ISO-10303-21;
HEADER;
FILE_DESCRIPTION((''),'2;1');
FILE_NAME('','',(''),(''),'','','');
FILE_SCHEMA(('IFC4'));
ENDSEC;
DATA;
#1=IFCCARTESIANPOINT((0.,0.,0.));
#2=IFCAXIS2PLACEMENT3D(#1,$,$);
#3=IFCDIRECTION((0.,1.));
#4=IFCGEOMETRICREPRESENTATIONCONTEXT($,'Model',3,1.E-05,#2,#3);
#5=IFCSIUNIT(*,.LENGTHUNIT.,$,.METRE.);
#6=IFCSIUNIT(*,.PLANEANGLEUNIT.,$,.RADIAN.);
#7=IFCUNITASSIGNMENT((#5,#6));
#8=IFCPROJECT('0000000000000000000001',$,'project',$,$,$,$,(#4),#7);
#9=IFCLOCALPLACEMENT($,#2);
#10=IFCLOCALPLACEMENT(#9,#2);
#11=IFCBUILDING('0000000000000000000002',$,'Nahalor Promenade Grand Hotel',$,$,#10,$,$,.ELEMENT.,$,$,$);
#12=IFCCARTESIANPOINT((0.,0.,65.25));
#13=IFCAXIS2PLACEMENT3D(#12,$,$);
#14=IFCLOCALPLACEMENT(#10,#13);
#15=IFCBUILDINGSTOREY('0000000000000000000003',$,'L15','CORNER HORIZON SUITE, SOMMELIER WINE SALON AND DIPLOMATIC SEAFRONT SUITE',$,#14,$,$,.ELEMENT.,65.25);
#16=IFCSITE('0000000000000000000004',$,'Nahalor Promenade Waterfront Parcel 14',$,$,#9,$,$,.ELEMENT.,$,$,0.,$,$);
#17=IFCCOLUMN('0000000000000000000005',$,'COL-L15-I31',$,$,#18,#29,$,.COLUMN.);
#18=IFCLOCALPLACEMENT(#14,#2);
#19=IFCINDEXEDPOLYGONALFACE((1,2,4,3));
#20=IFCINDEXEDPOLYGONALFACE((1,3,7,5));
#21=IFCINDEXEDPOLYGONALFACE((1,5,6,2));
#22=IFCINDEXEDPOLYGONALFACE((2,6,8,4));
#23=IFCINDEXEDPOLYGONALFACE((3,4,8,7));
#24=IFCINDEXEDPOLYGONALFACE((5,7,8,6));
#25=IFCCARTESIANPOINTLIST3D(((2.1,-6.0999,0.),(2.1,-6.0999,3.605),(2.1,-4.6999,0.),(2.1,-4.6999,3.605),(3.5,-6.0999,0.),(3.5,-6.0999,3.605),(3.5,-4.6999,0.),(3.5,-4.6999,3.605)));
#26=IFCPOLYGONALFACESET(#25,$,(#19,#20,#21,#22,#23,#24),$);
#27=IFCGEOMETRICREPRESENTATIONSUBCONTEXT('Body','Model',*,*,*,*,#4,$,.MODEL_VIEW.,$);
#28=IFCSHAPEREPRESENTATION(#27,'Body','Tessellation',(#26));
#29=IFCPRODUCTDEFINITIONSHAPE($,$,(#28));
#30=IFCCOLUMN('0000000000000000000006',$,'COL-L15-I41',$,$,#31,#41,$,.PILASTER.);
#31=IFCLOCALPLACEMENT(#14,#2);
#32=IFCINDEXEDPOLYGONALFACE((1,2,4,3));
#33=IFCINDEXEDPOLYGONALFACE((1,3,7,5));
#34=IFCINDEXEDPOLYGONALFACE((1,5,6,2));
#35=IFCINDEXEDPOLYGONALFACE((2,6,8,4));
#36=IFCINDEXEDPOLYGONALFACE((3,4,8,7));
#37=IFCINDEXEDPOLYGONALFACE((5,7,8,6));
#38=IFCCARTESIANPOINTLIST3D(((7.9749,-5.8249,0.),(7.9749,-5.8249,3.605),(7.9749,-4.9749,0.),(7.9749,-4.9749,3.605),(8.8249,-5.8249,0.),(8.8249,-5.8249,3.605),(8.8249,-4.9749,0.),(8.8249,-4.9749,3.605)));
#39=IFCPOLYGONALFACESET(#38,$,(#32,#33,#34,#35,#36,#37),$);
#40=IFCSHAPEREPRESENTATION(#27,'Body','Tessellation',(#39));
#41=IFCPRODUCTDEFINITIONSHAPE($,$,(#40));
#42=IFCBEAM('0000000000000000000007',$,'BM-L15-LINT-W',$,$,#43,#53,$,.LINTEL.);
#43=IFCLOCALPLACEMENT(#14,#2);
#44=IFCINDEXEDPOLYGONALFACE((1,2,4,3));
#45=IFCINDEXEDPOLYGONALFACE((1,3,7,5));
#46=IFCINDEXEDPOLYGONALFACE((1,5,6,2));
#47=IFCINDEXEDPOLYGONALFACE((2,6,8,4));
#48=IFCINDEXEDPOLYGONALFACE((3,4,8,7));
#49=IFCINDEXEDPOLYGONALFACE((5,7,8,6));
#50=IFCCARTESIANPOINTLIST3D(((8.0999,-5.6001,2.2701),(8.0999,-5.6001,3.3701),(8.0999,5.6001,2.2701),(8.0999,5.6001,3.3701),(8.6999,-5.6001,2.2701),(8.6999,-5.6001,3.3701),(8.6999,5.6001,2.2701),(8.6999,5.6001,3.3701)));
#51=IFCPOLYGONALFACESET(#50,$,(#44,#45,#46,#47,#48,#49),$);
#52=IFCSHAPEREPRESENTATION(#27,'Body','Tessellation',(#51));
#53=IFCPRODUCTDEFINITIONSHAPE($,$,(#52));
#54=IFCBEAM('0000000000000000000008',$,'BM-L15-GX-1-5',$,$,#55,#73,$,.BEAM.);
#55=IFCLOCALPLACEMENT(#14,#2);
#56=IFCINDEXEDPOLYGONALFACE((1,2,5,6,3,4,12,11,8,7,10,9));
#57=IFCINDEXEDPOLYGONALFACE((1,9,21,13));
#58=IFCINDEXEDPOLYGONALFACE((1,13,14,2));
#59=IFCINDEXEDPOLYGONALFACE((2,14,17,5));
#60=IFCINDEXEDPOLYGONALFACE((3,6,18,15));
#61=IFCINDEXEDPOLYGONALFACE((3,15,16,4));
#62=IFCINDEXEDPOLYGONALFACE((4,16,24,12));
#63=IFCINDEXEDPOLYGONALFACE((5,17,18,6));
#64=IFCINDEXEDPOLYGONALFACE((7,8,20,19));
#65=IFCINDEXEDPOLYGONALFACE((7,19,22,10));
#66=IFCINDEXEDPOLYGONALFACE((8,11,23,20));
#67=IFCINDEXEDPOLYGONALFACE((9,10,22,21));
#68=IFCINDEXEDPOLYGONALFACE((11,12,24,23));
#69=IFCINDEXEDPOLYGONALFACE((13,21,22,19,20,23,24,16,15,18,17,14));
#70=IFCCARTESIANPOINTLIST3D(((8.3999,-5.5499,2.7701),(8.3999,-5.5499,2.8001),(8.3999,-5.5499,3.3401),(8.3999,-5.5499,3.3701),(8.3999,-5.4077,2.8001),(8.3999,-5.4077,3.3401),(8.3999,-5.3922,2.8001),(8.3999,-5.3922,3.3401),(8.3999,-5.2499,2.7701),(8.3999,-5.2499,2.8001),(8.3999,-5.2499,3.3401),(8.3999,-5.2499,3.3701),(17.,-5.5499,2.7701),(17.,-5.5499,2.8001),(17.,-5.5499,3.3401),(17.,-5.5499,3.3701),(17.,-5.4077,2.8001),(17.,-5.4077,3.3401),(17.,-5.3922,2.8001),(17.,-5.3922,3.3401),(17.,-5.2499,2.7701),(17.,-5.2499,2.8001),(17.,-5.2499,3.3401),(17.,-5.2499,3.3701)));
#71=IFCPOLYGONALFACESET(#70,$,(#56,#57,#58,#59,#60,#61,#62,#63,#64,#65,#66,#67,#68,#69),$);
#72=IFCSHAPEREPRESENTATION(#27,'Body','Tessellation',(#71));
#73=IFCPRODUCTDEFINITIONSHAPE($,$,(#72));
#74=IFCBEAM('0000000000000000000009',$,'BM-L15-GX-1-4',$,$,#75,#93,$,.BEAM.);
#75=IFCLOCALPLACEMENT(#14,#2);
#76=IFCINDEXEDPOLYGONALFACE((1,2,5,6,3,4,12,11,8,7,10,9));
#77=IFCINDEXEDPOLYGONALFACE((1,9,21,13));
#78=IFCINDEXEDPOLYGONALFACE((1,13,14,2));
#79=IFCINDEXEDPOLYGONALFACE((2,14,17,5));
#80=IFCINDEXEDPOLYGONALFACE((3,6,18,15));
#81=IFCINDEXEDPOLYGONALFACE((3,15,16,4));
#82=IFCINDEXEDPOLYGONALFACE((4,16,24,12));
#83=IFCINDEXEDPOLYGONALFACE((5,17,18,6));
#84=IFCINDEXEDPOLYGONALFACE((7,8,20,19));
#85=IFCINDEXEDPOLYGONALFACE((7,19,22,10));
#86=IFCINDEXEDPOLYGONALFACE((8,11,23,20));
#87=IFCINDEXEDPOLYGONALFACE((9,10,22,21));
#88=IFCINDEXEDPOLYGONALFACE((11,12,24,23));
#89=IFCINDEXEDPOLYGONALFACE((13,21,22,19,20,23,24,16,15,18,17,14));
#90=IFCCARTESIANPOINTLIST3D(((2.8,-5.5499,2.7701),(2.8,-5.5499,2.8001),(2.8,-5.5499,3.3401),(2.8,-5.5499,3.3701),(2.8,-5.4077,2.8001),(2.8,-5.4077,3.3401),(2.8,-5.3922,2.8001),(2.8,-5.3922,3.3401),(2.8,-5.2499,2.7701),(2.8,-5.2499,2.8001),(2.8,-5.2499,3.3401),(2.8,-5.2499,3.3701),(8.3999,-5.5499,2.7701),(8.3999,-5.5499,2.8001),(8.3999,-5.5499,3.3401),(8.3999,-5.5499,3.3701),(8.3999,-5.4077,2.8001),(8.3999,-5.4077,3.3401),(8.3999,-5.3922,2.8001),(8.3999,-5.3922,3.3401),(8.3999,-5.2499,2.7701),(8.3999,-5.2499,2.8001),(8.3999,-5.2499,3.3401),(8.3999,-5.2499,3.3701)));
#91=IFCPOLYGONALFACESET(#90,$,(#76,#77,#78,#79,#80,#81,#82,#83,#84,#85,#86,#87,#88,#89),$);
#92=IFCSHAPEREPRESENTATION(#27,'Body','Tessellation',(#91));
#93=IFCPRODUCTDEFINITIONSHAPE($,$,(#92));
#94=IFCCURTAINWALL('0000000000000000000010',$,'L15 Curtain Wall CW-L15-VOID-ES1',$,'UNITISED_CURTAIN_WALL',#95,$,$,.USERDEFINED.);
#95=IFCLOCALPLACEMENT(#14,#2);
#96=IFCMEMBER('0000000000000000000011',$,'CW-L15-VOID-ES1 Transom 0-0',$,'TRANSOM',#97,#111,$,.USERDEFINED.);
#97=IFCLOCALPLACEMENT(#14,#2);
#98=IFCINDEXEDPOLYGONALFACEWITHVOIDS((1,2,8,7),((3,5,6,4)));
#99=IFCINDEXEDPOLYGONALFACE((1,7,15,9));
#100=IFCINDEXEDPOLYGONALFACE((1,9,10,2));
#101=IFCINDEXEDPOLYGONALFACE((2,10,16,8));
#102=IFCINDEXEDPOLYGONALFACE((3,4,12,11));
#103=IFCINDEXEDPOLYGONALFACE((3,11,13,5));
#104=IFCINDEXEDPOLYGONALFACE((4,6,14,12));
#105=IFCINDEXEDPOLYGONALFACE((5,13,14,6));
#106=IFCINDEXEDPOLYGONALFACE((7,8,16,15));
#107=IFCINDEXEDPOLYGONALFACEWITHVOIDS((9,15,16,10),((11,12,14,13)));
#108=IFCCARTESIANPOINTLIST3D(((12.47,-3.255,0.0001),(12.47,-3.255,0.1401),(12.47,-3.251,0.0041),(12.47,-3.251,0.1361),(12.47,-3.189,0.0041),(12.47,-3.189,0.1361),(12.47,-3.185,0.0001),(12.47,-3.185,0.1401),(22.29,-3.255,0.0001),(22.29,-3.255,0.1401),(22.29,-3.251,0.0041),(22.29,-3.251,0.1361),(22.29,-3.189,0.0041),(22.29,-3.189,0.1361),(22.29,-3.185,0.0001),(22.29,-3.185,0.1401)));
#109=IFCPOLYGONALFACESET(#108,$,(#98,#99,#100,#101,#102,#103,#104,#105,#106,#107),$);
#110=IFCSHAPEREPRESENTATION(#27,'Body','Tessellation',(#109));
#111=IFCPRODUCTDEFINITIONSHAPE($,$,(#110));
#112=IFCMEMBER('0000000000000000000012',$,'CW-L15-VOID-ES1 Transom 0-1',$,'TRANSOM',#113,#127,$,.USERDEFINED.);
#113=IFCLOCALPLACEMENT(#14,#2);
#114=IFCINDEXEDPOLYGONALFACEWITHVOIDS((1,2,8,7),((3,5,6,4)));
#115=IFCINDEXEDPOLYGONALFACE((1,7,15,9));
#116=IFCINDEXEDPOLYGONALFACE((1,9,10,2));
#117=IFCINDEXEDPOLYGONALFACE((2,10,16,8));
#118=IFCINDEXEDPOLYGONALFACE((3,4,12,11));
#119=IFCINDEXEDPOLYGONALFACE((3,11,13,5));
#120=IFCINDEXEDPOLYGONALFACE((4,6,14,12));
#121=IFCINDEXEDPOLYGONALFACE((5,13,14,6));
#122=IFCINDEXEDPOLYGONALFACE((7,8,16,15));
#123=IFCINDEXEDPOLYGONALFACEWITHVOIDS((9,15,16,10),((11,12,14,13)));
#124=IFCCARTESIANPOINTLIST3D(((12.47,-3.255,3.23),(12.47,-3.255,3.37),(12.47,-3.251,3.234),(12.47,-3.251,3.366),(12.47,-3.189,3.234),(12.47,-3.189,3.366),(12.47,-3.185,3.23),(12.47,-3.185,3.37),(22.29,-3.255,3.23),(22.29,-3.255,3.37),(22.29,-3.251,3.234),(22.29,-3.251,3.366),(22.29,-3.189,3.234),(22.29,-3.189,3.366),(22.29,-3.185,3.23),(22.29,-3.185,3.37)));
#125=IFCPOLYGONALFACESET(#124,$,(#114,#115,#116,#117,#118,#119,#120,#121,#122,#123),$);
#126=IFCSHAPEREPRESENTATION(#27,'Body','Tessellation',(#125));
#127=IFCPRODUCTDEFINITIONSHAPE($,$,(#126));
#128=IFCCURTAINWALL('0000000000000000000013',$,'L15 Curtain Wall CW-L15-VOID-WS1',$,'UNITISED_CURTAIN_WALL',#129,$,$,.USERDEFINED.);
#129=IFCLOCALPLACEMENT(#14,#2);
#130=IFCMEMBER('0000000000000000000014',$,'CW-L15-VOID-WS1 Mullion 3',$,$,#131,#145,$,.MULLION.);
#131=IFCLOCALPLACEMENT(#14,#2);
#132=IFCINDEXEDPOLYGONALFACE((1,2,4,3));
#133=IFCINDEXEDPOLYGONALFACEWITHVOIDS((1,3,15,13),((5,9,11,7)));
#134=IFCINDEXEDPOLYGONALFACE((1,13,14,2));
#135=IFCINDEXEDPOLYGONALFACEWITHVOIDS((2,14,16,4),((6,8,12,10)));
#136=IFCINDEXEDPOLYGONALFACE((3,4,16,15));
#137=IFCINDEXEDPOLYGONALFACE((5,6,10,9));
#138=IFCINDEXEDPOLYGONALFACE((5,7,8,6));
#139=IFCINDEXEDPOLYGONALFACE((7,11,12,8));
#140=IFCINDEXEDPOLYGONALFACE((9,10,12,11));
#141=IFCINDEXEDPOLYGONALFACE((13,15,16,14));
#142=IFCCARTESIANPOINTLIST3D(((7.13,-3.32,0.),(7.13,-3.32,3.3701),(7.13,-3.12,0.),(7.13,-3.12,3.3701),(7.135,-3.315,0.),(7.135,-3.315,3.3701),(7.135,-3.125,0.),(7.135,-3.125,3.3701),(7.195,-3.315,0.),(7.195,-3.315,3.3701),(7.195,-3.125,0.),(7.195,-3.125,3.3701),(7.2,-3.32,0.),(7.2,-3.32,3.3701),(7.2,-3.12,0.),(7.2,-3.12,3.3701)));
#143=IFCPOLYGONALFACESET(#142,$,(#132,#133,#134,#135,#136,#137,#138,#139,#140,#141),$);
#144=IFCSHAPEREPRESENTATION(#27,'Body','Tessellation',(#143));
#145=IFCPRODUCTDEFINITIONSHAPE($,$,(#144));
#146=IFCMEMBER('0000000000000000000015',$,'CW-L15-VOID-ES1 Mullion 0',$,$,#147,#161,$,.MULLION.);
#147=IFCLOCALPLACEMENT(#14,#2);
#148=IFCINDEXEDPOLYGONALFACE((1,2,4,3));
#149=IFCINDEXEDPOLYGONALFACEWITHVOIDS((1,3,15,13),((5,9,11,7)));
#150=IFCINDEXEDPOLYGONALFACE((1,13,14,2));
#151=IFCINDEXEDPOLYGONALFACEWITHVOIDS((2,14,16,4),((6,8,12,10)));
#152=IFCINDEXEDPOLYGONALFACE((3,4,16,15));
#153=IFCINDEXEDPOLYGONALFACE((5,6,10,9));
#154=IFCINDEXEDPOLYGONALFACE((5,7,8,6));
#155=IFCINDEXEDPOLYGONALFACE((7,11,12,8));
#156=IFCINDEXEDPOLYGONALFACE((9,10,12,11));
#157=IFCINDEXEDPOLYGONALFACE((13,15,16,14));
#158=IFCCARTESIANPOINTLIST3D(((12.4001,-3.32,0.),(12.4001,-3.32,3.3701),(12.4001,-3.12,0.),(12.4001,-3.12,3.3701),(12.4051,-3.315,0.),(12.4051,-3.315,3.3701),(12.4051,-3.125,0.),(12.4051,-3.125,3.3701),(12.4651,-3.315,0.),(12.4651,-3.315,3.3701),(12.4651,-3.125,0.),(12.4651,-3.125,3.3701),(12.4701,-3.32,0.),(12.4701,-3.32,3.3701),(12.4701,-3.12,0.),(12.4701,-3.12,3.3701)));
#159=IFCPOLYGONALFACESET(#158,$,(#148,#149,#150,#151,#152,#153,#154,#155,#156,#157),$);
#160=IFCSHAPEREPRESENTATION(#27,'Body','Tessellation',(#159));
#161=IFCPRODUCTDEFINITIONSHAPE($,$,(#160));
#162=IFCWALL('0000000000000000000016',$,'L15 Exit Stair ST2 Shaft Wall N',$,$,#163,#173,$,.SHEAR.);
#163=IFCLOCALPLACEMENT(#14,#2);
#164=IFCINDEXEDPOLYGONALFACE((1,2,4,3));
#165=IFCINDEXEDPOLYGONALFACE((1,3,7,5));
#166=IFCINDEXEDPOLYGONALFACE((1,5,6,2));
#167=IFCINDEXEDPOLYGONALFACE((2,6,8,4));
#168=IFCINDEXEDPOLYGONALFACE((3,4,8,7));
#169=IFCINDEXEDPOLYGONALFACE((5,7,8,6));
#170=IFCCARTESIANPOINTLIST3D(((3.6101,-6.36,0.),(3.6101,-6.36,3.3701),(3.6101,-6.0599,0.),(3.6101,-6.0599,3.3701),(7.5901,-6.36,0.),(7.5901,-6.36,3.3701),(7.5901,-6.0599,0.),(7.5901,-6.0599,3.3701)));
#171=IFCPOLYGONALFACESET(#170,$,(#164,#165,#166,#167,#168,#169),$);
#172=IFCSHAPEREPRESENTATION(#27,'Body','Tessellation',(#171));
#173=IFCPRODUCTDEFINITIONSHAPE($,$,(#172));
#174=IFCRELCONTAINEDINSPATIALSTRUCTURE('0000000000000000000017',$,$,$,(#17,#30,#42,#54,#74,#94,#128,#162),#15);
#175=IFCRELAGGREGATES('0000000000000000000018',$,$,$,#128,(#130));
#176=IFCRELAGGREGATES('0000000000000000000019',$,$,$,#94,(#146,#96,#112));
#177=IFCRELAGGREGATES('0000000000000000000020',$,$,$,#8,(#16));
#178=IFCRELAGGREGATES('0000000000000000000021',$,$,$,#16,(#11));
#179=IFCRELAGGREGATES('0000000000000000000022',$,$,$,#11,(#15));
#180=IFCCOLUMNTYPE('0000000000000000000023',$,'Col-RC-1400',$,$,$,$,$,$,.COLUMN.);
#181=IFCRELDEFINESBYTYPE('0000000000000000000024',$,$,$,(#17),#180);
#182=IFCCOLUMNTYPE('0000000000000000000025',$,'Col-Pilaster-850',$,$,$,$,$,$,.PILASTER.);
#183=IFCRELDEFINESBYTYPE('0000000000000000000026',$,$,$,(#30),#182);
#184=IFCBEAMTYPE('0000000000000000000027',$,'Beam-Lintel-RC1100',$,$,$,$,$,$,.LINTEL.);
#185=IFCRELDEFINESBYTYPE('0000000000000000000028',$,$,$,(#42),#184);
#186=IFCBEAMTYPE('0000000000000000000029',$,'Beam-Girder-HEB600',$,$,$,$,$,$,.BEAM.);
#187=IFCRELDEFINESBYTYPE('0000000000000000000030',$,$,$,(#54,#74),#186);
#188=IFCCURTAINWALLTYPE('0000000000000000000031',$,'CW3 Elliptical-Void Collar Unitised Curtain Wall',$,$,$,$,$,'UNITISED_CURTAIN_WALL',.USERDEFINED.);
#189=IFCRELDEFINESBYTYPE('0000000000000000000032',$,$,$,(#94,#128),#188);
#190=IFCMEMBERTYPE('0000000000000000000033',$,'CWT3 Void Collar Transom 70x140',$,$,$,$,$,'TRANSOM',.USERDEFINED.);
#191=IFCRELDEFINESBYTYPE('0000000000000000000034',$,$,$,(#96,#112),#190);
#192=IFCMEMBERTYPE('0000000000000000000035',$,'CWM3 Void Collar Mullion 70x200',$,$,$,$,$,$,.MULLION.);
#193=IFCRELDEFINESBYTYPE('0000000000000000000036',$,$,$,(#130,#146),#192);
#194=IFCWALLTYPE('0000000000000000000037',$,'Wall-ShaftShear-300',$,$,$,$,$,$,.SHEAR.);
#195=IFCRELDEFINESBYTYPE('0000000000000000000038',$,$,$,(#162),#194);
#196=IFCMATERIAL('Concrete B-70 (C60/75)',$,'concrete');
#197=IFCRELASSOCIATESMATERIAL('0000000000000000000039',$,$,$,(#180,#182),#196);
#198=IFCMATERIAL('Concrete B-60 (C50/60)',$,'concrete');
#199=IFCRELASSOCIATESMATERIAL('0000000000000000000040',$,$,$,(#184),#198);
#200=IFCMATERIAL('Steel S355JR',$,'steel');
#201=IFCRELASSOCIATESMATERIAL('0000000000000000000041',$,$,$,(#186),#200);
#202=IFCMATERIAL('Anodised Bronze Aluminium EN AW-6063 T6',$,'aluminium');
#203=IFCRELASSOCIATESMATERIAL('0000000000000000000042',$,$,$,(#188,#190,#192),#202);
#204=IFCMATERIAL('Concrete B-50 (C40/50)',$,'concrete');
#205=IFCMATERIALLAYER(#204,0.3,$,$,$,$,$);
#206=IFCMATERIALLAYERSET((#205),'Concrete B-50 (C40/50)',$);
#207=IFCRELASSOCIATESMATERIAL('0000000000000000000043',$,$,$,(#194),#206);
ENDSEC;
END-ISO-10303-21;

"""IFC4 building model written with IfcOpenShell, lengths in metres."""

from ifc_helpers import new_model, si_unit, direction, frame, frame_2d, origin, origin_2d, place, context, subcontext, project, spatial, rectangle, hollow_rectangle, i_section, extrude, source, transform, mapped, material, layer, layer_set, material_profile, profile_set, type_object, element, aggregate, save


model = new_model("IFC4")

# Units and contexts
model_context = context("Model", 3, precision=1e-05, world=origin(), true_north=direction((0.0, 1.0)))
body_context = subcontext(model_context, "Body", "Model", "MODEL_VIEW")
ifc_project = project(units=[si_unit("LENGTHUNIT", "METRE"), si_unit("PLANEANGLEUNIT", "RADIAN")], contexts=[model_context])

# Site, building, storey
site_placement = place(None, origin())
site = spatial("IfcSite", under=ifc_project, at=site_placement, Name="Nahalor Promenade Waterfront Parcel 14", CompositionType="ELEMENT", RefElevation=0.0)
building_placement = place(site_placement, origin())
building = spatial("IfcBuilding", under=site, at=building_placement, Name="Nahalor Promenade Grand Hotel", CompositionType="ELEMENT")
storey_placement = place(building_placement, frame((0.0, 0.0, 65.25)))
storey = spatial("IfcBuildingStorey", under=building, at=storey_placement, Name="L15", Description="CORNER HORIZON SUITE, SOMMELIER WINE SALON AND DIPLOMATIC SEAFRONT SUITE", CompositionType="ELEMENT", Elevation=65.25)

# Columns
ifc_material_1 = material(Name="Concrete B-70 (C60/75)", Category="concrete")
ifc_material_profile_1 = material_profile(ifc_material_1, rectangle(XDim=1.4, YDim=1.4, at=origin_2d()), Name="RC 1400x1400")
ifc_profile_set_1 = profile_set([ifc_material_profile_1], Name="Concrete B-70 (C60/75)")
column_type_1 = type_object("IfcColumnType", Name="Col-RC-1400", PredefinedType="COLUMN", material=ifc_profile_set_1)
shared_shape_1 = source(origin(), body_context, "Body", "SweptSolid", [
    extrude(rectangle(XDim=1.4, YDim=1.4, at=origin_2d()), origin(), (0.0, 0.0, 1.0), 3.605),
])
column_1_placement = place(storey_placement, frame((2.8, -5.3999, 0.0), z_axis=(0.0, 0.0, 1.0), x_axis=(1.0, 0.0, 0.0)))
element("IfcColumn", 1, at=column_1_placement, inside=storey, type_object=column_type_1, Name="COL-L15-I31", PredefinedType="COLUMN", context=body_context, shape_type="MappedRepresentation", body=[
    mapped(shared_shape_1, transform((0.0, 0.0, 0.0), scale=1.0)),
])
ifc_material_profile_2 = material_profile(ifc_material_1, rectangle(XDim=0.85, YDim=0.85, at=origin_2d()), Name="RC 850x850")
ifc_profile_set_2 = profile_set([ifc_material_profile_2], Name="Concrete B-70 (C60/75)")
column_type_2 = type_object("IfcColumnType", Name="Col-Pilaster-850", PredefinedType="PILASTER", material=ifc_profile_set_2)
shared_shape_2 = source(origin(), body_context, "Body", "SweptSolid", [
    extrude(rectangle(XDim=0.85, YDim=0.85, at=origin_2d()), origin(), (0.0, 0.0, 1.0), 3.605),
])
column_2_placement = place(storey_placement, frame((8.3999, -5.3999, 0.0), z_axis=(0.0, 0.0, 1.0), x_axis=(1.0, 0.0, 0.0)))
element("IfcColumn", 2, at=column_2_placement, inside=storey, type_object=column_type_2, Name="COL-L15-I41", PredefinedType="PILASTER", context=body_context, shape_type="MappedRepresentation", body=[
    mapped(shared_shape_2, transform((0.0, 0.0, 0.0), scale=1.0)),
])

# Beams
ifc_material_2 = material(Name="Concrete B-60 (C50/60)", Category="concrete")
ifc_material_profile_3 = material_profile(ifc_material_2, rectangle(XDim=0.6, YDim=1.1, at=origin_2d()), Name="RC 600x1100")
ifc_profile_set_3 = profile_set([ifc_material_profile_3], Name="Concrete B-60 (C50/60)")
beam_type_1 = type_object("IfcBeamType", Name="Beam-Lintel-RC1100", PredefinedType="LINTEL", material=ifc_profile_set_3)
shared_shape_3 = source(origin(), body_context, "Body", "SweptSolid", [
    extrude(rectangle(XDim=0.6, YDim=1.1, at=origin_2d()), origin(), (0.0, 0.0, 1.0), 11.2002),
])
beam_1_placement = place(storey_placement, frame((8.3999, -5.6001, 2.8201), z_axis=(0.0, 1.0, 0.0), x_axis=(-1.0, 0.0, 0.0)))
element("IfcBeam", 3, at=beam_1_placement, inside=storey, type_object=beam_type_1, Name="BM-L15-LINT-W", PredefinedType="LINTEL", context=body_context, shape_type="MappedRepresentation", body=[
    mapped(shared_shape_3, transform((0.0, 0.0, 0.0), scale=1.0)),
])
ifc_material_3 = material(Name="Steel S355JR", Category="steel")
ifc_material_profile_4 = material_profile(ifc_material_3, i_section(OverallWidth=0.3, OverallDepth=0.6, WebThickness=0.0155, FlangeThickness=0.03, at=origin_2d()), Name="HEB 600")
ifc_profile_set_4 = profile_set([ifc_material_profile_4], Name="Steel S355JR")
beam_type_2 = type_object("IfcBeamType", Name="Beam-Girder-HEB600", PredefinedType="BEAM", material=ifc_profile_set_4)
shared_shape_4 = source(origin(), body_context, "Body", "SweptSolid", [
    extrude(i_section(OverallWidth=0.3, OverallDepth=0.6, WebThickness=0.0155, FlangeThickness=0.03, at=origin_2d()), origin(), (0.0, 0.0, 1.0), 8.6001),
])
beam_2_placement = place(storey_placement, frame((8.3999, -5.3999, 3.0701), z_axis=(1.0, 0.0, 0.0), x_axis=(0.0, 1.0, 0.0)))
element("IfcBeam", 4, at=beam_2_placement, inside=storey, type_object=beam_type_2, Name="BM-L15-GX-1-5", PredefinedType="BEAM", context=body_context, shape_type="MappedRepresentation", body=[
    mapped(shared_shape_4, transform((0.0, 0.0, 0.0), scale=1.0)),
])
shared_shape_5 = source(origin(), body_context, "Body", "SweptSolid", [
    extrude(i_section(OverallWidth=0.3, OverallDepth=0.6, WebThickness=0.0155, FlangeThickness=0.03, at=origin_2d()), origin(), (0.0, 0.0, 1.0), 5.5999),
])
beam_3_placement = place(storey_placement, frame((2.8, -5.3999, 3.0701), z_axis=(1.0, 0.0, 0.0), x_axis=(0.0, 1.0, 0.0)))
element("IfcBeam", 5, at=beam_3_placement, inside=storey, type_object=beam_type_2, Name="BM-L15-GX-1-4", PredefinedType="BEAM", context=body_context, shape_type="MappedRepresentation", body=[
    mapped(shared_shape_5, transform((0.0, 0.0, 0.0), scale=1.0)),
])

# Curtain wall, members
ifc_material_4 = material(Name="Anodised Bronze Aluminium EN AW-6063 T6", Category="aluminium")
curtain_wall_type = type_object("IfcCurtainWallType", Name="CW3 Elliptical-Void Collar Unitised Curtain Wall", ElementType="UNITISED_CURTAIN_WALL", PredefinedType="USERDEFINED", material=ifc_material_4)
curtain_wall_1_placement = place(storey_placement, origin())
curtain_wall_1 = element("IfcCurtainWall", 6, at=curtain_wall_1_placement, inside=storey, type_object=curtain_wall_type, Name="L15 Curtain Wall CW-L15-VOID-ES1", ObjectType="UNITISED_CURTAIN_WALL", PredefinedType="USERDEFINED")
ifc_material_profile_5 = material_profile(ifc_material_4, hollow_rectangle(XDim=0.07, YDim=0.14, WallThickness=0.004, at=origin_2d()), Name="CWT 70x140x4")
ifc_profile_set_5 = profile_set([ifc_material_profile_5], Name="Anodised Bronze Aluminium EN AW-6063 T6")
member_type_1 = type_object("IfcMemberType", Name="CWT3 Void Collar Transom 70x140", ElementType="TRANSOM", PredefinedType="USERDEFINED", material=ifc_profile_set_5)
shared_shape_6 = source(origin(), body_context, "Body", "SweptSolid", [
    extrude(hollow_rectangle(XDim=0.07, YDim=0.14, WallThickness=0.004, at=origin_2d()), origin(), (0.0, 0.0, 1.0), 9.8201),
])
member_1_placement = place(storey_placement, frame((12.47, -3.22, 0.0701), z_axis=(1.0, 0.0, 0.0), x_axis=(0.0, 1.0, 0.0)))
member_1 = element("IfcMember", 7, at=member_1_placement, type_object=member_type_1, Name="CW-L15-VOID-ES1 Transom 0-0", ObjectType="TRANSOM", PredefinedType="USERDEFINED", context=body_context, shape_type="MappedRepresentation", body=[
    mapped(shared_shape_6, transform((0.0, 0.0, 0.0), scale=1.0)),
])
member_2_placement = place(storey_placement, frame((12.47, -3.22, 3.3), z_axis=(1.0, 0.0, 0.0), x_axis=(0.0, 1.0, 0.0)))
member_2 = element("IfcMember", 8, at=member_2_placement, type_object=member_type_1, Name="CW-L15-VOID-ES1 Transom 0-1", ObjectType="TRANSOM", PredefinedType="USERDEFINED", context=body_context, shape_type="MappedRepresentation", body=[
    mapped(shared_shape_6, transform((0.0, 0.0, 0.0), scale=1.0)),
])

# Curtain wall, member
curtain_wall_2_placement = place(storey_placement, origin())
curtain_wall_2 = element("IfcCurtainWall", 9, at=curtain_wall_2_placement, inside=storey, type_object=curtain_wall_type, Name="L15 Curtain Wall CW-L15-VOID-WS1", ObjectType="UNITISED_CURTAIN_WALL", PredefinedType="USERDEFINED")
ifc_material_profile_6 = material_profile(ifc_material_4, hollow_rectangle(XDim=0.07, YDim=0.2, WallThickness=0.005, at=origin_2d()), Name="CWM 70x200x5")
ifc_profile_set_6 = profile_set([ifc_material_profile_6], Name="Anodised Bronze Aluminium EN AW-6063 T6")
member_type_2 = type_object("IfcMemberType", Name="CWM3 Void Collar Mullion 70x200", PredefinedType="MULLION", material=ifc_profile_set_6)
shared_shape_7 = source(origin(), body_context, "Body", "SweptSolid", [
    extrude(hollow_rectangle(XDim=0.07, YDim=0.2, WallThickness=0.005, at=origin_2d()), origin(), (0.0, 0.0, 1.0), 3.3701),
])
member_3_placement = place(storey_placement, frame((7.165, -3.22, 0.0), z_axis=(0.0, 0.0, 1.0), x_axis=(1.0, 0.0, 0.0)))
member_3 = element("IfcMember", 10, at=member_3_placement, type_object=member_type_2, Name="CW-L15-VOID-WS1 Mullion 3", PredefinedType="MULLION", context=body_context, shape_type="MappedRepresentation", body=[
    mapped(shared_shape_7, transform((0.0, 0.0, 0.0), scale=1.0)),
])
aggregate(curtain_wall_2, [member_3])

# Member
member_4_placement = place(storey_placement, frame((12.4351, -3.22, 0.0), z_axis=(0.0, 0.0, 1.0), x_axis=(1.0, 0.0, 0.0)))
member_4 = element("IfcMember", 11, at=member_4_placement, type_object=member_type_2, Name="CW-L15-VOID-ES1 Mullion 0", PredefinedType="MULLION", context=body_context, shape_type="MappedRepresentation", body=[
    mapped(shared_shape_7, transform((0.0, 0.0, 0.0), scale=1.0)),
])
aggregate(curtain_wall_1, [member_4, member_1, member_2])

# Wall
ifc_material_5 = material(Name="Concrete B-50 (C40/50)", Category="concrete")
ifc_layer_1 = layer(ifc_material_5, 0.3)
ifc_layer_set_1 = layer_set([ifc_layer_1], Name="Concrete B-50 (C40/50)")
wall_type_1 = type_object("IfcWallType", Name="Wall-ShaftShear-300", PredefinedType="SHEAR", material=ifc_layer_set_1)
shared_shape_8 = source(origin(), body_context, "Body", "SweptSolid", [
    extrude(rectangle(XDim=3.98, YDim=0.3, at=frame_2d((1.99, 0.0))), origin(), (0.0, 0.0, 1.0), 3.3701),
])
wall_1_placement = place(storey_placement, frame((3.6101, -6.21, 0.0), z_axis=(0.0, 0.0, 1.0), x_axis=(1.0, 0.0, 0.0)))
element("IfcWall", 12, at=wall_1_placement, inside=storey, type_object=wall_type_1, Name="L15 Exit Stair ST2 Shaft Wall N", PredefinedType="SHEAR", context=body_context, shape_type="MappedRepresentation", body=[
    mapped(shared_shape_8, transform((0.0, 0.0, 0.0), scale=1.0)),
])

save(model, "model.ifc")
